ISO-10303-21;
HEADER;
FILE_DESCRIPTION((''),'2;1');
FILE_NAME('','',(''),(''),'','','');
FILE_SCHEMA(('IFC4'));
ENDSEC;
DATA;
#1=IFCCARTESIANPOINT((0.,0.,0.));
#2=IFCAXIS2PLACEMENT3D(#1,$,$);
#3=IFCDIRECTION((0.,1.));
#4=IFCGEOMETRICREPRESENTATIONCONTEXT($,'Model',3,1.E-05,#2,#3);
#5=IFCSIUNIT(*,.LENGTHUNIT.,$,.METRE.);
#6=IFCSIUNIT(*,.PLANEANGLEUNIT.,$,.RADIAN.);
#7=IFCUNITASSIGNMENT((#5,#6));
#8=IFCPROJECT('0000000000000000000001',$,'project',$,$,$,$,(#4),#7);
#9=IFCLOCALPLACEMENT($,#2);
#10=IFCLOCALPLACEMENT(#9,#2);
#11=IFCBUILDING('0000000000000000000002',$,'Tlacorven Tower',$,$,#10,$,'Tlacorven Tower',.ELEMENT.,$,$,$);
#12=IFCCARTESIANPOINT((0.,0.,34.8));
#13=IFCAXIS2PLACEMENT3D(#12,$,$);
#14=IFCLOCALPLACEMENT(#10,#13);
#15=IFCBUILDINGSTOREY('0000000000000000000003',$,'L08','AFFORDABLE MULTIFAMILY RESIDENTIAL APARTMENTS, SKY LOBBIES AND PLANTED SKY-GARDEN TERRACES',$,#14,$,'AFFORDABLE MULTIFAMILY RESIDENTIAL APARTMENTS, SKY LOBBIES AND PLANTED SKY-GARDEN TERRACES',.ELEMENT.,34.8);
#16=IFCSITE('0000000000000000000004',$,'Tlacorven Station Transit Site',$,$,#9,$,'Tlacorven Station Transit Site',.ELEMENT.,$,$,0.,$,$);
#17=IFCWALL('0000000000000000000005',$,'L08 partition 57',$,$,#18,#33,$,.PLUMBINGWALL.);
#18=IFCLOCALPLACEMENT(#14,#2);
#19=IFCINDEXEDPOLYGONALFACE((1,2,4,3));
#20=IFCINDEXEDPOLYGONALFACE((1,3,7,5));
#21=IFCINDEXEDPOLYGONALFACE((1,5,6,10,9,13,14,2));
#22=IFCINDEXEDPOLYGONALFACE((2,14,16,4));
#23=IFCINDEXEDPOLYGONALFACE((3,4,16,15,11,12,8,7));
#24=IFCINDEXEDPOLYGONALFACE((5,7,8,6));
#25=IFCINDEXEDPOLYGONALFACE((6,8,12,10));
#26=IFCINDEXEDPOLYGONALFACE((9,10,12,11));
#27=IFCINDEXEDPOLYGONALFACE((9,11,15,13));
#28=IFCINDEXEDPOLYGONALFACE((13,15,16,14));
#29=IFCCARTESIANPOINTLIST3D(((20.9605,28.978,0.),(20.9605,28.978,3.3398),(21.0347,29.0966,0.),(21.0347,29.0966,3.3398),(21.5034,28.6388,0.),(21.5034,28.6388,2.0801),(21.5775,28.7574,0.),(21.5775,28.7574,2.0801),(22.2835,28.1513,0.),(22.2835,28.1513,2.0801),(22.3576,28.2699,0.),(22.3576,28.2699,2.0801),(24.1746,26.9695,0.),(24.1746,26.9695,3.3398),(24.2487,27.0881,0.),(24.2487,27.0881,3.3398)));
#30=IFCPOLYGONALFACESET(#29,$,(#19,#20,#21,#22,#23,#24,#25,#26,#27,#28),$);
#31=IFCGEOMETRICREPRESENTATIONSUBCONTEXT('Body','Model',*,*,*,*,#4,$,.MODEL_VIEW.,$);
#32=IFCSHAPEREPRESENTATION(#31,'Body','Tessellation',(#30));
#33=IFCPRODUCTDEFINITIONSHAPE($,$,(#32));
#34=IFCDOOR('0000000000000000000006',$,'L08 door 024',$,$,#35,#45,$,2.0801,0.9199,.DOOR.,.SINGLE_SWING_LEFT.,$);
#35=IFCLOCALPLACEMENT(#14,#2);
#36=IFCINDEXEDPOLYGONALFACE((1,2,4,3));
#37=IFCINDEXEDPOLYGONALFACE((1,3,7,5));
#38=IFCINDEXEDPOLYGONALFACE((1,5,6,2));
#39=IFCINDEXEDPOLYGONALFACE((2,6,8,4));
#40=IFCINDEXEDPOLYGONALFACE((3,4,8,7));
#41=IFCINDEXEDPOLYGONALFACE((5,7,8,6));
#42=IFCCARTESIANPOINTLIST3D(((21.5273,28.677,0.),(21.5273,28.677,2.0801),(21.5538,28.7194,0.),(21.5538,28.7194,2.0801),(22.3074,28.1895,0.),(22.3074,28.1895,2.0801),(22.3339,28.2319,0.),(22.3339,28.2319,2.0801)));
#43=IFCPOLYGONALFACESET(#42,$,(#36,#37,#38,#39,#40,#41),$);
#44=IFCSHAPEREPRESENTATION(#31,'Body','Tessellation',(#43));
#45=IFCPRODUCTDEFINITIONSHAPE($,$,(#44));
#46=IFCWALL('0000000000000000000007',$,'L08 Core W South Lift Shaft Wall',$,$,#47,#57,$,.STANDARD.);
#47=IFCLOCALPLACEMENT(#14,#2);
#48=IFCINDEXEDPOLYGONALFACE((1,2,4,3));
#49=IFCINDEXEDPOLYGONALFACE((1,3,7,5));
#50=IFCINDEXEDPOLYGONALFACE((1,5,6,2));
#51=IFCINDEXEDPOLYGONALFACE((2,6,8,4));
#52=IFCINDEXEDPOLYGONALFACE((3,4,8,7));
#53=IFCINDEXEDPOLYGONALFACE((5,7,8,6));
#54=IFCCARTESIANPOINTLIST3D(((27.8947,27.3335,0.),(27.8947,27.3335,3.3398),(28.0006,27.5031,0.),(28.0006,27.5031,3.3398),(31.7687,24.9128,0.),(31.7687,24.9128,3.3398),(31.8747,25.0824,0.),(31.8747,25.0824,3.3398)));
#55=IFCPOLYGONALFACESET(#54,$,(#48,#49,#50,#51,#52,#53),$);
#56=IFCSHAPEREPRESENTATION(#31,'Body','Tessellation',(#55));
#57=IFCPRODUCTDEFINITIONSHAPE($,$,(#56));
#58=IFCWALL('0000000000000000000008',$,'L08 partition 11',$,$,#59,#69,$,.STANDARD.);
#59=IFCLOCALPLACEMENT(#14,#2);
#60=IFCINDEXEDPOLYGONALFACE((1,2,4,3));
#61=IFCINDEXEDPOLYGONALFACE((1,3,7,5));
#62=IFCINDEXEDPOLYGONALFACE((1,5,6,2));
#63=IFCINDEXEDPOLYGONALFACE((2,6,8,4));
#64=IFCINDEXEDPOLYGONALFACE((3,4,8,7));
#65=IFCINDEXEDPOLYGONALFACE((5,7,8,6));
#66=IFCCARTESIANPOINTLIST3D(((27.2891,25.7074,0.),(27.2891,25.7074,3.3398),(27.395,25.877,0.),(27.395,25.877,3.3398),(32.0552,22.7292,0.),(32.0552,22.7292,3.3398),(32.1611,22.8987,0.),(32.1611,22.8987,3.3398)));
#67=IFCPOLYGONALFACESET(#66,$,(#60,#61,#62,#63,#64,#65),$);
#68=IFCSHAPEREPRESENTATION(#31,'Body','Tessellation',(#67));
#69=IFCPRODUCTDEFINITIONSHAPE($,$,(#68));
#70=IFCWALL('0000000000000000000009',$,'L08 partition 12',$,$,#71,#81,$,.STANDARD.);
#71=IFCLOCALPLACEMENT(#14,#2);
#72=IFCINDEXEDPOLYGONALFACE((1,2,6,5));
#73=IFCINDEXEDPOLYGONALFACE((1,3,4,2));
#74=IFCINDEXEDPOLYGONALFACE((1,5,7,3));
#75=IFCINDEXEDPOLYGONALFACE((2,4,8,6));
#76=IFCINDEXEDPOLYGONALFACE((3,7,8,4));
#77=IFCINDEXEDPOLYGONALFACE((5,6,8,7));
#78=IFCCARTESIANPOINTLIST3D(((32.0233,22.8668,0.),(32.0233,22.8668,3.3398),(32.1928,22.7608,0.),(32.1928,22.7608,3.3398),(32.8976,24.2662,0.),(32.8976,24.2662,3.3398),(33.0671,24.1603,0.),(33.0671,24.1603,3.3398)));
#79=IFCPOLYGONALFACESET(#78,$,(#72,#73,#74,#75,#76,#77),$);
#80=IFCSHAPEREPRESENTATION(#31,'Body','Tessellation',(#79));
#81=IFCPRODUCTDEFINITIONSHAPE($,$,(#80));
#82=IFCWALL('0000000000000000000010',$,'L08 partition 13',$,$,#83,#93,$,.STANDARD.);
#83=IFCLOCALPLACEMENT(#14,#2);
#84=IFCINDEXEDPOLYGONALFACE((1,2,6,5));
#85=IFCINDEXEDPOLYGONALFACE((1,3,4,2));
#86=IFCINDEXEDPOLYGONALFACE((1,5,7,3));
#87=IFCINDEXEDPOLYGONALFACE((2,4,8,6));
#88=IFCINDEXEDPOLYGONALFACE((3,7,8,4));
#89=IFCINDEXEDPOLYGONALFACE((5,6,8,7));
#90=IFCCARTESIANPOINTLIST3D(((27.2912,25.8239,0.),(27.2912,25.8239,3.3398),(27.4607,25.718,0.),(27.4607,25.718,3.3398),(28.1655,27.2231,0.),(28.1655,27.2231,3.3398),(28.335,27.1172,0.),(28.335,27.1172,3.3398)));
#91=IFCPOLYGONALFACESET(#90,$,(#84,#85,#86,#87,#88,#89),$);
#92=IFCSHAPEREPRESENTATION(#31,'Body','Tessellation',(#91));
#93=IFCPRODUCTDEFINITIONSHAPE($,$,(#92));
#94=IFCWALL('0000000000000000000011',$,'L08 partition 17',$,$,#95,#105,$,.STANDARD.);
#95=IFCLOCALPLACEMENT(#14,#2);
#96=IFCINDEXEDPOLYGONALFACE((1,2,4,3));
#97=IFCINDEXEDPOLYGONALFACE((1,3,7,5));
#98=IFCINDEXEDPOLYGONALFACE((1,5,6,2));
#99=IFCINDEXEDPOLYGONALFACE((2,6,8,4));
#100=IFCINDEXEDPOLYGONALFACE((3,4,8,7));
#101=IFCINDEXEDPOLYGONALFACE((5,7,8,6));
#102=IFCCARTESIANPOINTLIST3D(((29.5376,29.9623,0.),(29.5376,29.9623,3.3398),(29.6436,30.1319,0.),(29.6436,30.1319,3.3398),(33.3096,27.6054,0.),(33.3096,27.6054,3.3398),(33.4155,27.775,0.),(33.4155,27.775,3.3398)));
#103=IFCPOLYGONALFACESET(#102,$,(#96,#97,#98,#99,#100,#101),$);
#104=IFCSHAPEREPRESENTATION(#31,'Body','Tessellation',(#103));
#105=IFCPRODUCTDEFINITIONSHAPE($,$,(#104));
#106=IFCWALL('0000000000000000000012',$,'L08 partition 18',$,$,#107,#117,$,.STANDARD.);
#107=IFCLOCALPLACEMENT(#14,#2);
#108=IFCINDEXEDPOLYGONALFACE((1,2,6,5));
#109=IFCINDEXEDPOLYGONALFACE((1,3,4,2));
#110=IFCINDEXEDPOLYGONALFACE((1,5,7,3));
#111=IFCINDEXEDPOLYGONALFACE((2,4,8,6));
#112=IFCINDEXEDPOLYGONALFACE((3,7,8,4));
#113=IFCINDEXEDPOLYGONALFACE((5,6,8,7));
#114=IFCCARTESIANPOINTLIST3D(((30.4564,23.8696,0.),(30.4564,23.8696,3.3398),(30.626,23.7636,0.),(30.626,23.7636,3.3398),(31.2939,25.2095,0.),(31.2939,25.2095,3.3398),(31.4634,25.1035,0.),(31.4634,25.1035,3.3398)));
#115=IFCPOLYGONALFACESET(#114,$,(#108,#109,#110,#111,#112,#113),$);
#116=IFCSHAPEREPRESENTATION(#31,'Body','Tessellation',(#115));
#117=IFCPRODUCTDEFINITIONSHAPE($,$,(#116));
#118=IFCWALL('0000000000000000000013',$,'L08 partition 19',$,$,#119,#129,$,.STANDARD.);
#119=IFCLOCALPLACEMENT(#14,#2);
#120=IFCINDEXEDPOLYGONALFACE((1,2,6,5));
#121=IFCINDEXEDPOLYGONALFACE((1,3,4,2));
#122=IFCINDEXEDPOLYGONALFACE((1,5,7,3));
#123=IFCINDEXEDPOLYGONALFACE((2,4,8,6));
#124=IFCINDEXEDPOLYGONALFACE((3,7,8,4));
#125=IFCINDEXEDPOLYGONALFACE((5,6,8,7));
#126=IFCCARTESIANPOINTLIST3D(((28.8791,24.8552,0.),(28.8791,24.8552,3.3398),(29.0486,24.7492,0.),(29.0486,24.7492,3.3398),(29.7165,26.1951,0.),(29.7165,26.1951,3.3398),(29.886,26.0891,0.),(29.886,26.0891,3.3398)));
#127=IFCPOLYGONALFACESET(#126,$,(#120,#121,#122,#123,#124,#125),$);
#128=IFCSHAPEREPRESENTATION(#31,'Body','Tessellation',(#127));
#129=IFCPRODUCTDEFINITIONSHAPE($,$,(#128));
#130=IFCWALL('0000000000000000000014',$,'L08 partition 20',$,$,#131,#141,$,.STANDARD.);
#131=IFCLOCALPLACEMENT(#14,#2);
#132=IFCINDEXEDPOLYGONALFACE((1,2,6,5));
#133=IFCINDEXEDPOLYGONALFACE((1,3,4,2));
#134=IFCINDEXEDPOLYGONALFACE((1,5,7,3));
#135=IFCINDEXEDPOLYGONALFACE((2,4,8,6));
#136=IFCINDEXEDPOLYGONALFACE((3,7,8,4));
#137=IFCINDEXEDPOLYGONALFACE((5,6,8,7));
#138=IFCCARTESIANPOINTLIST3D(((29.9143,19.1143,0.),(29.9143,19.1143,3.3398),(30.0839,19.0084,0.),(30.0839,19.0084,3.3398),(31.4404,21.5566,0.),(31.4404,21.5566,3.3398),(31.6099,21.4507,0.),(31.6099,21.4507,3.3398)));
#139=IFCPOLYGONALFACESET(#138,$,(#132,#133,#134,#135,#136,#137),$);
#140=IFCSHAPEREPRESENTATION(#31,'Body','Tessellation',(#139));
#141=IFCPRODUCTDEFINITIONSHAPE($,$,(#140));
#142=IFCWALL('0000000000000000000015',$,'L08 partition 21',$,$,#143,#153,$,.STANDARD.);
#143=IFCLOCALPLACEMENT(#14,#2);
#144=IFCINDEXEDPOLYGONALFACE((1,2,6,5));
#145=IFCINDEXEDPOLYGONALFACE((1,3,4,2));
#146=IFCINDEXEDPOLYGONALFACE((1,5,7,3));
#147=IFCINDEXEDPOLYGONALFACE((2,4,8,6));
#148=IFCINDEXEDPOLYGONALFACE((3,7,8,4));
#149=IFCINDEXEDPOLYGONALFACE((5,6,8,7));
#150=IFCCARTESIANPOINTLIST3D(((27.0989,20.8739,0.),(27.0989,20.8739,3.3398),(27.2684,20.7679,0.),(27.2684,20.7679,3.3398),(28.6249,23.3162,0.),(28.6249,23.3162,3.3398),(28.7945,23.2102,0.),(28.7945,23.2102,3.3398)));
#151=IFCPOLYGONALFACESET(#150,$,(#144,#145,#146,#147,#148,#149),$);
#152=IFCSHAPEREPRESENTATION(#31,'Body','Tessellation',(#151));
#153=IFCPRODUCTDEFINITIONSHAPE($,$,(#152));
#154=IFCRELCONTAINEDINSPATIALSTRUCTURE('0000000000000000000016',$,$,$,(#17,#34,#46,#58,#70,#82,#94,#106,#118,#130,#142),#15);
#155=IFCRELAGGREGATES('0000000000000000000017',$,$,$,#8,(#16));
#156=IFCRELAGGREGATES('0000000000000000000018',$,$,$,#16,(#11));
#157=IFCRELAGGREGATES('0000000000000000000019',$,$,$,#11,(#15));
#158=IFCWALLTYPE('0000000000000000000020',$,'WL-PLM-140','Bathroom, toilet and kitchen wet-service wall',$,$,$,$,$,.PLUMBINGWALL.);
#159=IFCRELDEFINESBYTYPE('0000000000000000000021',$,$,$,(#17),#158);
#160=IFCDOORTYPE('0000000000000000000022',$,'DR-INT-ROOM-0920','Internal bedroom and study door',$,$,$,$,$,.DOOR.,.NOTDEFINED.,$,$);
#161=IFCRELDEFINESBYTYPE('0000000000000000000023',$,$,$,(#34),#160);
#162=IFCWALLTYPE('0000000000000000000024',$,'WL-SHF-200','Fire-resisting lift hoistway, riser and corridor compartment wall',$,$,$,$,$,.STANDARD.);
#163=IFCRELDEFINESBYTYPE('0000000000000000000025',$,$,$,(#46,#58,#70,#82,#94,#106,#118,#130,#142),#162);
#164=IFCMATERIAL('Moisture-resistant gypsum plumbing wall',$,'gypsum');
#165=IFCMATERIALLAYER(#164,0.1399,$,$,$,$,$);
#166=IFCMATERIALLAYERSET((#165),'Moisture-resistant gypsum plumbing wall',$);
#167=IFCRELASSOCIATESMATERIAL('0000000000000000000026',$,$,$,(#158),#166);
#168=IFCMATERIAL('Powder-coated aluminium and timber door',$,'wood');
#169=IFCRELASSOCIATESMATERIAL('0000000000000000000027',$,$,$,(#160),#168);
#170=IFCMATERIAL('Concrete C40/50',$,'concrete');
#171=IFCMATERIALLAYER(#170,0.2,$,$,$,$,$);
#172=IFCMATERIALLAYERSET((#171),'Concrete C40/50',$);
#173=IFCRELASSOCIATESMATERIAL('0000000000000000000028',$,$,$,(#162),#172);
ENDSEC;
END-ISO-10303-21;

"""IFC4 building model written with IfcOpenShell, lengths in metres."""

from ifc_helpers import new_model, si_unit, direction, frame, frame_2d, origin, place, context, subcontext, project, spatial, rectangle, extrude, source, transform, mapped, material, layer, layer_set, type_object, element, fill, save


model = new_model("IFC4")

# Units and contexts
model_context = context("Model", 3, precision=1e-05, world=origin(), true_north=direction((0.0, 1.0)))
body_context = subcontext(model_context, "Body", "Model", "MODEL_VIEW")
ifc_project = project(units=[si_unit("LENGTHUNIT", "METRE"), si_unit("PLANEANGLEUNIT", "RADIAN")], contexts=[model_context])

# Site, building, storey
site_placement = place(None, origin())
site = spatial("IfcSite", under=ifc_project, at=site_placement, Name="Tlacorven Station Transit Site", LongName="Tlacorven Station Transit Site", CompositionType="ELEMENT", RefElevation=0.0)
building_placement = place(site_placement, origin())
building = spatial("IfcBuilding", under=site, at=building_placement, Name="Tlacorven Tower", LongName="Tlacorven Tower", CompositionType="ELEMENT")
storey_placement = place(building_placement, frame((0.0, 0.0, 34.8)))
storey = spatial("IfcBuildingStorey", under=building, at=storey_placement, Name="L08", Description="AFFORDABLE MULTIFAMILY RESIDENTIAL APARTMENTS, SKY LOBBIES AND PLANTED SKY-GARDEN TERRACES", LongName="AFFORDABLE MULTIFAMILY RESIDENTIAL APARTMENTS, SKY LOBBIES AND PLANTED SKY-GARDEN TERRACES", CompositionType="ELEMENT", Elevation=34.8)

# Wall, opening, door
ifc_material_1 = material(Name="Moisture-resistant gypsum plumbing wall", Category="gypsum")
ifc_layer_1 = layer(ifc_material_1, 0.1399)
ifc_layer_set_1 = layer_set([ifc_layer_1], Name="Moisture-resistant gypsum plumbing wall")
wall_type_1 = type_object("IfcWallType", Name="WL-PLM-140", Description="Bathroom, toilet and kitchen wet-service wall", PredefinedType="PLUMBINGWALL", material=ifc_layer_set_1)
wall_1_placement = place(storey_placement, frame((24.2117, 27.0288, 0.0), z_axis=(0.0, 0.0, 1.0), x_axis=(-0.848031, 0.529947, 0.0)))
wall_1 = element("IfcWall", 1, at=wall_1_placement, inside=storey, type_object=wall_type_1, Name="L08 partition 57", PredefinedType="PLUMBINGWALL", context=body_context, shape_type="SweptSolid", body=[
    extrude(rectangle(XDim=3.79, YDim=0.1399, at=frame_2d((1.895, 0.0))), origin(), (0.0, 0.0, 1.0), 3.3398),
])
opening_1_placement = place(wall_1_placement, frame((2.23, 0.0, 0.0)))
opening_1 = element("IfcOpeningElement", 2, at=opening_1_placement, cuts=wall_1, PredefinedType="OPENING", context=body_context, shape_type="SweptSolid", body=[
    extrude(rectangle(XDim=0.9199, YDim=2.0801, at=frame_2d((0.46, 1.04))), frame((0.0, 0.0801, 0.0), z_axis=(0.0, -1.0, 0.0), x_axis=(1.0, 0.0, 0.0)), (0.0, 0.0, 1.0), 0.1599),
])
ifc_material_2 = material(Name="Powder-coated aluminium and timber door", Category="wood")
door_type_1 = type_object("IfcDoorType", Name="DR-INT-ROOM-0920", Description="Internal bedroom and study door", OperationType="NOTDEFINED", PredefinedType="DOOR", material=ifc_material_2)
shared_shape_1 = source(origin(), body_context, "Body", "SweptSolid", [
    extrude(rectangle(XDim=0.9199, YDim=2.0801, at=frame_2d((0.46, 1.04))), frame((0.0, 0.0249, 0.0), z_axis=(0.0, -1.0, 0.0), x_axis=(1.0, 0.0, 0.0)), (0.0, 0.0, 1.0), 0.05),
])
door_1_placement = place(opening_1_placement, origin())
door_1 = element("IfcDoor", 3, at=door_1_placement, inside=storey, type_object=door_type_1, Name="L08 door 024", OperationType="SINGLE_SWING_LEFT", OverallHeight=2.0801, OverallWidth=0.9199, PredefinedType="DOOR", context=body_context, shape_type="MappedRepresentation", body=[
    mapped(shared_shape_1, transform((0.0, 0.0, 0.0), scale=1.0)),
])
fill(opening_1, door_1)

# Walls
ifc_material_3 = material(Name="Concrete C40/50", Category="concrete")
ifc_layer_2 = layer(ifc_material_3, 0.2)
ifc_layer_set_2 = layer_set([ifc_layer_2], Name="Concrete C40/50")
wall_type_2 = type_object("IfcWallType", Name="WL-SHF-200", Description="Fire-resisting lift hoistway, riser and corridor compartment wall", PredefinedType="STANDARD", material=ifc_layer_set_2)
wall_2_placement = place(storey_placement, frame((31.8218, 24.9976, 0.0), z_axis=(0.0, 0.0, 1.0), x_axis=(-0.848058, 0.529903, 0.0)))
element("IfcWall", 4, at=wall_2_placement, inside=storey, type_object=wall_type_2, Name="L08 Core W South Lift Shaft Wall", PredefinedType="STANDARD", context=body_context, shape_type="SweptSolid", body=[
    extrude(rectangle(XDim=4.5681, YDim=0.2, at=frame_2d((2.2842, 0.0))), origin(), (0.0, 0.0, 1.0), 3.3398),
])
wall_3_placement = place(storey_placement, frame((32.1082, 22.814, 0.0), z_axis=(0.0, 0.0, 1.0), x_axis=(-0.848042, 0.529929, 0.0)))
element("IfcWall", 5, at=wall_3_placement, inside=storey, type_object=wall_type_2, Name="L08 partition 11", PredefinedType="STANDARD", context=body_context, shape_type="SweptSolid", body=[
    extrude(rectangle(XDim=5.6201, YDim=0.2, at=frame_2d((2.8101, 0.0))), origin(), (0.0, 0.0, 1.0), 3.3398),
])
wall_4_placement = place(storey_placement, frame((32.9824, 24.2134, 0.0), z_axis=(0.0, 0.0, 1.0), x_axis=(-0.529839, -0.848098, 0.0)))
element("IfcWall", 6, at=wall_4_placement, inside=storey, type_object=wall_type_2, Name="L08 partition 12", PredefinedType="STANDARD", context=body_context, shape_type="SweptSolid", body=[
    extrude(rectangle(XDim=1.6501, YDim=0.2, at=frame_2d((0.8252, 0.0))), origin(), (0.0, 0.0, 1.0), 3.3398),
])
wall_5_placement = place(storey_placement, frame((28.2502, 27.1702, 0.0), z_axis=(0.0, 0.0, 1.0), x_axis=(-0.529906, -0.848056, 0.0)))
element("IfcWall", 7, at=wall_5_placement, inside=storey, type_object=wall_type_2, Name="L08 partition 13", PredefinedType="STANDARD", context=body_context, shape_type="SweptSolid", body=[
    extrude(rectangle(XDim=1.6499, YDim=0.2, at=frame_2d((0.825, 0.0))), origin(), (0.0, 0.0, 1.0), 3.3398),
])
wall_6_placement = place(storey_placement, frame((33.3625, 27.6902, 0.0), z_axis=(0.0, 0.0, 1.0), x_axis=(-0.848054, 0.52991, 0.0)))
element("IfcWall", 8, at=wall_6_placement, inside=storey, type_object=wall_type_2, Name="L08 partition 17", PredefinedType="STANDARD", context=body_context, shape_type="SweptSolid", body=[
    extrude(rectangle(XDim=4.4478, YDim=0.2, at=frame_2d((2.2239, 0.0))), origin(), (0.0, 0.0, 1.0), 3.3398),
])
for number, where, z_axis, x_axis, name in (
    (9, (31.3787, 25.1565, 0.0), (0.0, 0.0, 1.0), (-0.529999, -0.847998, 0.0), "L08 partition 18"),
    (10, (29.8013, 26.1421, 0.0), (0.0, 0.0, 1.0), (-0.529999, -0.847998, 0.0), "L08 partition 19"),
):
    element("IfcWall", number, at=place(storey_placement, frame(where, z_axis=z_axis, x_axis=x_axis)), inside=storey, type_object=wall_type_2, Name=name, PredefinedType="STANDARD", context=body_context, shape_type="SweptSolid", body=[
        extrude(rectangle(XDim=1.5801, YDim=0.2, at=frame_2d((0.79, 0.0))), origin(), (0.0, 0.0, 1.0), 3.3398),
    ])
for number, where, z_axis, x_axis, name in (
    (11, (31.5251, 21.5037, 0.0), (0.0, 0.0, 1.0), (-0.529907, -0.848055, 0.0), "L08 partition 20"),
    (12, (28.7097, 23.2632, 0.0), (0.0, 0.0, 1.0), (-0.529907, -0.848055, 0.0), "L08 partition 21"),
):
    element("IfcWall", number, at=place(storey_placement, frame(where, z_axis=z_axis, x_axis=x_axis)), inside=storey, type_object=wall_type_2, Name=name, PredefinedType="STANDARD", context=body_context, shape_type="SweptSolid", body=[
        extrude(rectangle(XDim=2.8799, YDim=0.2, at=frame_2d((1.4399, 0.0))), origin(), (0.0, 0.0, 1.0), 3.3398),
    ])

save(model, "model.ifc")
